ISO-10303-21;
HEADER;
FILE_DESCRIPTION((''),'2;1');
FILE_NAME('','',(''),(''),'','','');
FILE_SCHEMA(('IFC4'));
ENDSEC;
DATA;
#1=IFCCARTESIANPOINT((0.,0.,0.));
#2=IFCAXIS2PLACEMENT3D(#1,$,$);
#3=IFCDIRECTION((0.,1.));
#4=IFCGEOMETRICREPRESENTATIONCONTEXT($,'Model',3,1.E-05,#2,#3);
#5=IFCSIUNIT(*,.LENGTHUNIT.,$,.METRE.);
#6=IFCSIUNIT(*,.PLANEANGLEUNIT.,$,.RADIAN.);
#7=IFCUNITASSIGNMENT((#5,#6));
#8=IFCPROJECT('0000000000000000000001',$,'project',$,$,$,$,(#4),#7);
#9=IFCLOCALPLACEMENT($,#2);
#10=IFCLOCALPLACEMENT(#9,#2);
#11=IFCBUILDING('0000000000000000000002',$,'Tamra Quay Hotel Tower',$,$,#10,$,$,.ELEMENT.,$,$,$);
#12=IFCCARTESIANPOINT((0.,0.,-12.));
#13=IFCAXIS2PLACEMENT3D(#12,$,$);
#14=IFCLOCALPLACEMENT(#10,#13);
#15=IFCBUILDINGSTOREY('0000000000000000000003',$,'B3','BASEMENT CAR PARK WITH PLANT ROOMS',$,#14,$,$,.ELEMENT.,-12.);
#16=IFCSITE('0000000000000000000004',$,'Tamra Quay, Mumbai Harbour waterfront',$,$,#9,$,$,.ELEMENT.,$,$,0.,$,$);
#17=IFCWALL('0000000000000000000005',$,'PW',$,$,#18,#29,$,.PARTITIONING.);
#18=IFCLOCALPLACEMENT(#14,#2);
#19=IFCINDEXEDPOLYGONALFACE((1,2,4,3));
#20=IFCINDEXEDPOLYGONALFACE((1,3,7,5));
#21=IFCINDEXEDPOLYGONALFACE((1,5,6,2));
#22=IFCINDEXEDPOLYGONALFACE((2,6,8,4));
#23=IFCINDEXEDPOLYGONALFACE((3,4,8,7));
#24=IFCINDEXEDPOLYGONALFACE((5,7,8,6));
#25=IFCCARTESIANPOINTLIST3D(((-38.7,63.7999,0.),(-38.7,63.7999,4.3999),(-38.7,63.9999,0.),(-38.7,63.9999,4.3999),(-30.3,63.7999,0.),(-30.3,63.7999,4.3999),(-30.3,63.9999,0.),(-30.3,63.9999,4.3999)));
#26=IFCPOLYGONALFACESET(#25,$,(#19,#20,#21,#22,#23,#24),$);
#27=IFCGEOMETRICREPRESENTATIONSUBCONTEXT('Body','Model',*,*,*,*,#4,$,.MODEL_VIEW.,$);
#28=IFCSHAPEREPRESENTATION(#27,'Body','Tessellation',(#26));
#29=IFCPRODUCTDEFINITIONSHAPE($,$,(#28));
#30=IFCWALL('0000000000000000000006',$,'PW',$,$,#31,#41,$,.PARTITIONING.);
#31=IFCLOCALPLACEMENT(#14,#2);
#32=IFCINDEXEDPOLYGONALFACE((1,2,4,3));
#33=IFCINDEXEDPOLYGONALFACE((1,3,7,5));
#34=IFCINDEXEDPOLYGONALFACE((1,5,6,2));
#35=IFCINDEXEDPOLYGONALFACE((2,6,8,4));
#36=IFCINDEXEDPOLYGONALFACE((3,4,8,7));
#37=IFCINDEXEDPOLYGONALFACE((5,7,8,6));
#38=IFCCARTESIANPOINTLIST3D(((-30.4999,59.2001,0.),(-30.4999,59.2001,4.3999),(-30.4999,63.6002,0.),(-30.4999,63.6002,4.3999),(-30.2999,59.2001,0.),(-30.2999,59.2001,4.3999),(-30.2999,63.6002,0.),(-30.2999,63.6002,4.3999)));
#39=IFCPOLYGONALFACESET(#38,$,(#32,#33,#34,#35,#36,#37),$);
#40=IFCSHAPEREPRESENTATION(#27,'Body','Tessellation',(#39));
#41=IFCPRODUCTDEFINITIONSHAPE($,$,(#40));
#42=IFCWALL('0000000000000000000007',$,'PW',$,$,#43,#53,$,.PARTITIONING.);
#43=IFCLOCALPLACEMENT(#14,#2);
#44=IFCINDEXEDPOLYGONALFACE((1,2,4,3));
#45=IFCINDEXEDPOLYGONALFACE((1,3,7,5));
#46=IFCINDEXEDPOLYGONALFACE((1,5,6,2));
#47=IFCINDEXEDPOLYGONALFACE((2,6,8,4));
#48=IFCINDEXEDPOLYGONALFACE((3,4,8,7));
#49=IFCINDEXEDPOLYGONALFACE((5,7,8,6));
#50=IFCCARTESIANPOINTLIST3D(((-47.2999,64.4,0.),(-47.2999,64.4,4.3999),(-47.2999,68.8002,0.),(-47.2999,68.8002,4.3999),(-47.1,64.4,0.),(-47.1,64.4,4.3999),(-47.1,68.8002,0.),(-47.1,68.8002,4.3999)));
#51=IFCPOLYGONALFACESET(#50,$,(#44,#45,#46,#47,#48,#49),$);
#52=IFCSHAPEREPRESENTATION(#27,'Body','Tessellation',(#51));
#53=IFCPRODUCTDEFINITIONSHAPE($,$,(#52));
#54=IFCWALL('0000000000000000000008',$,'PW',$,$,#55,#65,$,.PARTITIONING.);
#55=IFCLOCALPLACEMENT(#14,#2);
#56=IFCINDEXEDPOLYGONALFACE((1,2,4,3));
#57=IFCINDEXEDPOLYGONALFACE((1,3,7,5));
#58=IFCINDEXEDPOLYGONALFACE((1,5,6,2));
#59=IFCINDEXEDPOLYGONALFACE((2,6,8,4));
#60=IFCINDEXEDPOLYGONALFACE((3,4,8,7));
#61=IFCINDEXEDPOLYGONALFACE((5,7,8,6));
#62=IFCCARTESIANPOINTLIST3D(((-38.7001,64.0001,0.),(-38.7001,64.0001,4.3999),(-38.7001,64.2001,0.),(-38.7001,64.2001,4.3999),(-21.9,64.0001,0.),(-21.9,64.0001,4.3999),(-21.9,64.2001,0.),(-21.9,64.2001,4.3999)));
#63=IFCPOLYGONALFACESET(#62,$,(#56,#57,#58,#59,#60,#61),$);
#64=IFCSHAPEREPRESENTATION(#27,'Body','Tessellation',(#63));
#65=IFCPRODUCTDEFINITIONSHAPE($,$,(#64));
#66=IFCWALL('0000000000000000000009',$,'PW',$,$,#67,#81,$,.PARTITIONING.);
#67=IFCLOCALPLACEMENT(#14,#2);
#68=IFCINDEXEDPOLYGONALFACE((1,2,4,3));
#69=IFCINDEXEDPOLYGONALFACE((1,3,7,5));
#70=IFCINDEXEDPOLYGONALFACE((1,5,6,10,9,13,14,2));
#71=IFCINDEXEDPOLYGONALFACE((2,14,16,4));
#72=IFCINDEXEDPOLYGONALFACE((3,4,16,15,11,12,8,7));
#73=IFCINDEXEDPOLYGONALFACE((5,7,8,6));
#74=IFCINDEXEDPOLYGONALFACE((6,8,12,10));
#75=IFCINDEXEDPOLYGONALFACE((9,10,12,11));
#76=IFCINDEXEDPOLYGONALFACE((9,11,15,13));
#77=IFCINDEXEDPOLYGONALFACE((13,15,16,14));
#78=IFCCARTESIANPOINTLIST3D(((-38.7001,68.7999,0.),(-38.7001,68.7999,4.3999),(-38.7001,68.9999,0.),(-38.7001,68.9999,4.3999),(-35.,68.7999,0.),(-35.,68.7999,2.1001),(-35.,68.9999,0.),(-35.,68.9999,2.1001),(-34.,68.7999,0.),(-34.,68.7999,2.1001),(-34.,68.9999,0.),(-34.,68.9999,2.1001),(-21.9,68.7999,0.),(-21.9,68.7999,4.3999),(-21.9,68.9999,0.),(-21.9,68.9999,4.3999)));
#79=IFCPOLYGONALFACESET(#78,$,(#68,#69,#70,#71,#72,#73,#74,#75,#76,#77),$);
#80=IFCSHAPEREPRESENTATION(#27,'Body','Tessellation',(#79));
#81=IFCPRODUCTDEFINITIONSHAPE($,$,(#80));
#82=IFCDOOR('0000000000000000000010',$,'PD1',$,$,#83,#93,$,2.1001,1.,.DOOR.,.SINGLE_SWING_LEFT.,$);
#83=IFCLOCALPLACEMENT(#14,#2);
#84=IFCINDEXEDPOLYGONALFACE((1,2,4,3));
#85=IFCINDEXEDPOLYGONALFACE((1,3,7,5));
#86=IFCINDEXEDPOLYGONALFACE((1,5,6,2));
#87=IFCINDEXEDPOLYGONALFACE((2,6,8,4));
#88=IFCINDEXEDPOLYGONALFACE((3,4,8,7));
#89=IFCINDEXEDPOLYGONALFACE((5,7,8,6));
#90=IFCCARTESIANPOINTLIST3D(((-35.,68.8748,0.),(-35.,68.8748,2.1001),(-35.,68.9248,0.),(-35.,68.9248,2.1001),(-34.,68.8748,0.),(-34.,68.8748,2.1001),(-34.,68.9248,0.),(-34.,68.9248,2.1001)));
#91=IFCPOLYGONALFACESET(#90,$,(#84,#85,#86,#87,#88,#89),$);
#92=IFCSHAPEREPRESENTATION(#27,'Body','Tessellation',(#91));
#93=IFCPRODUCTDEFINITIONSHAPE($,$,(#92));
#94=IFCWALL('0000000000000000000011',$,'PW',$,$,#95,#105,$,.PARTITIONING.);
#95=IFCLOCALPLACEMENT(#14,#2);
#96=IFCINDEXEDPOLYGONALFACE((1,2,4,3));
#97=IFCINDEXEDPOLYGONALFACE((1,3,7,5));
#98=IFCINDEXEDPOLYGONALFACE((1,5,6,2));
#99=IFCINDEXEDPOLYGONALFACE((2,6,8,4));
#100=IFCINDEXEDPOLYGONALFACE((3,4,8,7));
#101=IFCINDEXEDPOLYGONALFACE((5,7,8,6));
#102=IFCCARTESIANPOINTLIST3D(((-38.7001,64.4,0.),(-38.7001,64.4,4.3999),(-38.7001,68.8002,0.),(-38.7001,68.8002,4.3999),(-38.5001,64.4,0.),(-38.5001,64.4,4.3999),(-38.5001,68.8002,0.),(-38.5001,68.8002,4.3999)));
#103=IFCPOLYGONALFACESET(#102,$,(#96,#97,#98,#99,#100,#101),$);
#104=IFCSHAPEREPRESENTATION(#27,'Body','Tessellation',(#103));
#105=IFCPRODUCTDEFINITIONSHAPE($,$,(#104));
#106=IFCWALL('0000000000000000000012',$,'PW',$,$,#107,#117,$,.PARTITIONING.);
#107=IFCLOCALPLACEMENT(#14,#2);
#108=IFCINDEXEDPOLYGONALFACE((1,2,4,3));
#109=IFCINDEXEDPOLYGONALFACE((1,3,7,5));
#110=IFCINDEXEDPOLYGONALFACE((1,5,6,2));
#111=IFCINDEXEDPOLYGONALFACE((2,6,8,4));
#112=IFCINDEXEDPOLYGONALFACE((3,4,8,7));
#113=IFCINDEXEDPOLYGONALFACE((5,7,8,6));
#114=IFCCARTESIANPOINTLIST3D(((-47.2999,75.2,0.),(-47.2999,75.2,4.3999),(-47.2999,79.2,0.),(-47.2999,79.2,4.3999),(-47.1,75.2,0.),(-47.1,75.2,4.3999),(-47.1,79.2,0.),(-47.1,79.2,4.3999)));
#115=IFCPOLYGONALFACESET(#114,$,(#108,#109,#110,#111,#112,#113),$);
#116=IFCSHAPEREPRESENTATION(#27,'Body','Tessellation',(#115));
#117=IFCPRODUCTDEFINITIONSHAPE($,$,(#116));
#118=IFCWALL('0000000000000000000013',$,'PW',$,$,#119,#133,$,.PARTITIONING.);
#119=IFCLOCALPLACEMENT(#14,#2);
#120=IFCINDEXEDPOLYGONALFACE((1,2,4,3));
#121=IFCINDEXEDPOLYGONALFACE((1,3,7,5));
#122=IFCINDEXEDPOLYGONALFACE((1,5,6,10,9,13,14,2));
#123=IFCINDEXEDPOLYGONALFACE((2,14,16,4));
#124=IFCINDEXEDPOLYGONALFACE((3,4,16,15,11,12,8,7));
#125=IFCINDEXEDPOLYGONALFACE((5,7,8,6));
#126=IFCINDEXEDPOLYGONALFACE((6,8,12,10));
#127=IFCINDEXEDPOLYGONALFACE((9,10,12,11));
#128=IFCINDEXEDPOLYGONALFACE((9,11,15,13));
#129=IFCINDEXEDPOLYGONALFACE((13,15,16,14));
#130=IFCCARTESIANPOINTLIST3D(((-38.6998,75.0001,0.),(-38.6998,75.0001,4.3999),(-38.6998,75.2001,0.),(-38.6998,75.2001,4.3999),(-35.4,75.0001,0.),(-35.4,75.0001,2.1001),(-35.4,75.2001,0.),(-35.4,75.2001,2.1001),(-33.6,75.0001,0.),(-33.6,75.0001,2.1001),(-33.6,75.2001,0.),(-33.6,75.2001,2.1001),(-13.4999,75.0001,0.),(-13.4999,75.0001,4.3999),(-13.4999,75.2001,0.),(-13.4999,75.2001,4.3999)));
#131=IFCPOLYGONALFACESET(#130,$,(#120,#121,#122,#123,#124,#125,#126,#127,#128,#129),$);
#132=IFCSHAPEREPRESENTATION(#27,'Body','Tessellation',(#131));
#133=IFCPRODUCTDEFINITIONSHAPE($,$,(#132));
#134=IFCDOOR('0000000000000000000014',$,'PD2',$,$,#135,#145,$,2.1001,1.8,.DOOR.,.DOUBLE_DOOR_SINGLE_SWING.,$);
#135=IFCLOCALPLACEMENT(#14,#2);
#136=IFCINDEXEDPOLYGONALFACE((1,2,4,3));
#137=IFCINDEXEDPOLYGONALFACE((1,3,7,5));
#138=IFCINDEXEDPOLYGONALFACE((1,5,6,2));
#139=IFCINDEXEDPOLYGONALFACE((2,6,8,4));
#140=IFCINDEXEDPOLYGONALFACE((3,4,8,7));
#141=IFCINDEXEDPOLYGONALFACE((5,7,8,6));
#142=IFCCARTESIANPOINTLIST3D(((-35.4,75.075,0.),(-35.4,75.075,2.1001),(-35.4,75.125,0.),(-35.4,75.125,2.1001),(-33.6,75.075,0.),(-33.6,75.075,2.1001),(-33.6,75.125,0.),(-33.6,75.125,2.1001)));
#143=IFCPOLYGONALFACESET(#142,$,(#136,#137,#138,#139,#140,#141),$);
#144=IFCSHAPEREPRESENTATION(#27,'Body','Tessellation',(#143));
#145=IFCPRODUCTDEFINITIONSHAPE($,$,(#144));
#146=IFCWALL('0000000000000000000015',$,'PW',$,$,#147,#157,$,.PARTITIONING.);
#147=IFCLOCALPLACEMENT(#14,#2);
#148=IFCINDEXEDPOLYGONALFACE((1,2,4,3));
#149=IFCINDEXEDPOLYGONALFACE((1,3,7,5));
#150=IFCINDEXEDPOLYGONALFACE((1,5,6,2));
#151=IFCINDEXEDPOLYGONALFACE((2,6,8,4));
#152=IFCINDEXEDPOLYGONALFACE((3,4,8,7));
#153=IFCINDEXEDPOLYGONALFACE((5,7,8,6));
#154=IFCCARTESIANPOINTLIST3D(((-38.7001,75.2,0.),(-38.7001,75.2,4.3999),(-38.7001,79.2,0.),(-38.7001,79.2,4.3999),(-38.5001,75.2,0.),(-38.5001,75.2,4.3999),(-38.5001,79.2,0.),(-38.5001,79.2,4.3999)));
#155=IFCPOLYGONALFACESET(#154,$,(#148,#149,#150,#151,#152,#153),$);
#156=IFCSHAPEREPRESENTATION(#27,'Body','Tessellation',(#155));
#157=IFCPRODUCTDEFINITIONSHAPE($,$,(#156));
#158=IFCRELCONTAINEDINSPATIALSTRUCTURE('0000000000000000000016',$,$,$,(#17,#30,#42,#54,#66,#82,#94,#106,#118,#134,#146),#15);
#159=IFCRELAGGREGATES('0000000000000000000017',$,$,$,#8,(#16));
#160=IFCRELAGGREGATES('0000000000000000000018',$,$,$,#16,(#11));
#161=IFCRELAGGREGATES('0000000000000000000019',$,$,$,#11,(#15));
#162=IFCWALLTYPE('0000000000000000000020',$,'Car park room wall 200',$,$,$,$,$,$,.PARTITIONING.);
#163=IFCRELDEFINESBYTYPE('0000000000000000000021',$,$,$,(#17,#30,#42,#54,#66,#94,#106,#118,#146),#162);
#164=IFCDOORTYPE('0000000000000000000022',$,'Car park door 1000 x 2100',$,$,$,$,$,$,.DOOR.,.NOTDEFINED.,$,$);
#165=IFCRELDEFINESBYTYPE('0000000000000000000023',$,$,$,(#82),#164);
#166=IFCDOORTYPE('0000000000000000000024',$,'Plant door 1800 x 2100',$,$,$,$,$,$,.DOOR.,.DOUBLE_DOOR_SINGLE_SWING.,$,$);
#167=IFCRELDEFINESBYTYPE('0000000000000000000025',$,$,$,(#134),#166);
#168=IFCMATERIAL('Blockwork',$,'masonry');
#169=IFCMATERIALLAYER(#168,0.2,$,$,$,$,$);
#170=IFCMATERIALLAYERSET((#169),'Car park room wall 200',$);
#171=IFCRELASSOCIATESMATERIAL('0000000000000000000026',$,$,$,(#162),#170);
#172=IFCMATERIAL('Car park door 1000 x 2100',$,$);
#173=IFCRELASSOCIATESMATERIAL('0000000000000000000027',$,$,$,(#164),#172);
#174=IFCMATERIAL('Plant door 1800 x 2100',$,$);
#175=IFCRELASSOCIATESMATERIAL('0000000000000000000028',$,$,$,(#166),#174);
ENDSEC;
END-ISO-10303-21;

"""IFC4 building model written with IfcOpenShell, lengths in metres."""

from ifc_helpers import new_model, si_unit, direction, frame, frame_2d, origin, place, context, subcontext, project, spatial, rectangle, extrude, material, layer, layer_set, type_object, element, fill, save


model = new_model("IFC4")

# Units and contexts
model_context = context("Model", 3, precision=1e-05, world=origin(), true_north=direction((0.0, 1.0)))
body_context = subcontext(model_context, "Body", "Model", "MODEL_VIEW")
ifc_project = project(units=[si_unit("LENGTHUNIT", "METRE"), si_unit("PLANEANGLEUNIT", "RADIAN")], contexts=[model_context])

# Site, building, storey
site_placement = place(None, origin())
site = spatial("IfcSite", under=ifc_project, at=site_placement, Name="Tamra Quay, Mumbai Harbour waterfront", CompositionType="ELEMENT", RefElevation=0.0)
building_placement = place(site_placement, origin())
building = spatial("IfcBuilding", under=site, at=building_placement, Name="Tamra Quay Hotel Tower", CompositionType="ELEMENT")
storey_placement = place(building_placement, frame((0.0, 0.0, -12.0)))
storey = spatial("IfcBuildingStorey", under=building, at=storey_placement, Name="B3", Description="BASEMENT CAR PARK WITH PLANT ROOMS", CompositionType="ELEMENT", Elevation=-12.0)

# Walls
ifc_material_1 = material(Name="Blockwork", Category="masonry")
ifc_layer = layer(ifc_material_1, 0.2)
ifc_layer_set = layer_set([ifc_layer], Name="Car park room wall 200")
wall_type = type_object("IfcWallType", Name="Car park room wall 200", PredefinedType="PARTITIONING", material=ifc_layer_set)
wall_1_placement = place(storey_placement, frame((-38.7, 63.8999, 0.0), z_axis=(0.0, 0.0, 1.0), x_axis=(1.0, 0.0, 0.0)))
element("IfcWall", 1, at=wall_1_placement, inside=storey, type_object=wall_type, Name="PW", PredefinedType="PARTITIONING", context=body_context, shape_type="SweptSolid", body=[
    extrude(rectangle(XDim=8.3999, YDim=0.2, at=frame_2d((4.2, 0.0))), origin(), (0.0, 0.0, 1.0), 4.3999),
])
for number, where, z_axis, x_axis, name in (
    (2, (-30.3999, 59.2, 0.0), (0.0, 0.0, 1.0), (0.0, 1.0, 0.0), "PW"),
    (3, (-47.2, 64.3999, 0.0), (0.0, 0.0, 1.0), (0.0, 1.0, 0.0), "PW"),
):
    element("IfcWall", number, at=place(storey_placement, frame(where, z_axis=z_axis, x_axis=x_axis)), inside=storey, type_object=wall_type, Name=name, PredefinedType="PARTITIONING", context=body_context, shape_type="SweptSolid", body=[
        extrude(rectangle(XDim=4.4001, YDim=0.2, at=frame_2d((2.2002, 0.0))), origin(), (0.0, 0.0, 1.0), 4.3999),
    ])
wall_2_placement = place(storey_placement, frame((-38.7, 64.1001, 0.0), z_axis=(0.0, 0.0, 1.0), x_axis=(1.0, 0.0, 0.0)))
element("IfcWall", 4, at=wall_2_placement, inside=storey, type_object=wall_type, Name="PW", PredefinedType="PARTITIONING", context=body_context, shape_type="SweptSolid", body=[
    extrude(rectangle(XDim=16.8, YDim=0.2, at=frame_2d((8.3999, 0.0))), origin(), (0.0, 0.0, 1.0), 4.3999),
])

# Wall, opening, door
wall_3_placement = place(storey_placement, frame((-38.7, 68.8999, 0.0), z_axis=(0.0, 0.0, 1.0), x_axis=(1.0, 0.0, 0.0)))
wall_3 = element("IfcWall", 5, at=wall_3_placement, inside=storey, type_object=wall_type, Name="PW", PredefinedType="PARTITIONING", context=body_context, shape_type="SweptSolid", body=[
    extrude(rectangle(XDim=16.8, YDim=0.2, at=frame_2d((8.3999, 0.0))), origin(), (0.0, 0.0, 1.0), 4.3999),
])
opening_1_placement = place(wall_3_placement, frame((3.7, 0.0, 0.0)))
opening_1 = element("IfcOpeningElement", 6, at=opening_1_placement, cuts=wall_3, PredefinedType="OPENING", context=body_context, shape_type="SweptSolid", body=[
    extrude(rectangle(XDim=1.0, YDim=2.1001, at=frame_2d((0.5, 1.05))), frame((0.0, 0.1099, 0.0), z_axis=(0.0, -1.0, 0.0), x_axis=(1.0, 0.0, 0.0)), (0.0, 0.0, 1.0), 0.22),
])
ifc_material_2 = material(Name="Car park door 1000 x 2100")
door_type_1 = type_object("IfcDoorType", Name="Car park door 1000 x 2100", OperationType="NOTDEFINED", PredefinedType="DOOR", material=ifc_material_2)
door_1_placement = place(opening_1_placement, origin())
door_1 = element("IfcDoor", 7, at=door_1_placement, inside=storey, type_object=door_type_1, Name="PD1", OperationType="SINGLE_SWING_LEFT", OverallHeight=2.1001, OverallWidth=1.0, PredefinedType="DOOR", context=body_context, shape_type="SweptSolid", body=[
    extrude(rectangle(XDim=1.0, YDim=2.1001, at=frame_2d((0.5, 1.05))), frame((0.0, 0.0249, 0.0), z_axis=(0.0, -1.0, 0.0), x_axis=(1.0, 0.0, 0.0)), (0.0, 0.0, 1.0), 0.05),
])
fill(opening_1, door_1)

# Walls
wall_4_placement = place(storey_placement, frame((-38.6001, 64.3999, 0.0), z_axis=(0.0, 0.0, 1.0), x_axis=(0.0, 1.0, 0.0)))
element("IfcWall", 8, at=wall_4_placement, inside=storey, type_object=wall_type, Name="PW", PredefinedType="PARTITIONING", context=body_context, shape_type="SweptSolid", body=[
    extrude(rectangle(XDim=4.4001, YDim=0.2, at=frame_2d((2.2002, 0.0))), origin(), (0.0, 0.0, 1.0), 4.3999),
])
wall_5_placement = place(storey_placement, frame((-47.2, 75.2, 0.0), z_axis=(0.0, 0.0, 1.0), x_axis=(0.0, 1.0, 0.0)))
element("IfcWall", 9, at=wall_5_placement, inside=storey, type_object=wall_type, Name="PW", PredefinedType="PARTITIONING", context=body_context, shape_type="SweptSolid", body=[
    extrude(rectangle(XDim=4.0, YDim=0.2, at=frame_2d((2.0, 0.0))), origin(), (0.0, 0.0, 1.0), 4.3999),
])

# Wall, opening, door
wall_6_placement = place(storey_placement, frame((-38.7, 75.1001, 0.0), z_axis=(0.0, 0.0, 1.0), x_axis=(1.0, 0.0, 0.0)))
wall_6 = element("IfcWall", 10, at=wall_6_placement, inside=storey, type_object=wall_type, Name="PW", PredefinedType="PARTITIONING", context=body_context, shape_type="SweptSolid", body=[
    extrude(rectangle(XDim=25.2, YDim=0.2, at=frame_2d((12.6001, 0.0))), origin(), (0.0, 0.0, 1.0), 4.3999),
])
opening_2_placement = place(wall_6_placement, frame((3.3, 0.0, 0.0)))
opening_2 = element("IfcOpeningElement", 11, at=opening_2_placement, cuts=wall_6, PredefinedType="OPENING", context=body_context, shape_type="SweptSolid", body=[
    extrude(rectangle(XDim=1.8, YDim=2.1001, at=frame_2d((0.8999, 1.05))), frame((0.0, 0.1099, 0.0), z_axis=(0.0, -1.0, 0.0), x_axis=(1.0, 0.0, 0.0)), (0.0, 0.0, 1.0), 0.22),
])
ifc_material_3 = material(Name="Plant door 1800 x 2100")
door_type_2 = type_object("IfcDoorType", Name="Plant door 1800 x 2100", OperationType="DOUBLE_DOOR_SINGLE_SWING", PredefinedType="DOOR", material=ifc_material_3)
door_2_placement = place(opening_2_placement, origin())
door_2 = element("IfcDoor", 12, at=door_2_placement, inside=storey, type_object=door_type_2, Name="PD2", OperationType="DOUBLE_DOOR_SINGLE_SWING", OverallHeight=2.1001, OverallWidth=1.8, PredefinedType="DOOR", context=body_context, shape_type="SweptSolid", body=[
    extrude(rectangle(XDim=1.8, YDim=2.1001, at=frame_2d((0.8999, 1.05))), frame((0.0, 0.0249, 0.0), z_axis=(0.0, -1.0, 0.0), x_axis=(1.0, 0.0, 0.0)), (0.0, 0.0, 1.0), 0.05),
])
fill(opening_2, door_2)

# Wall
wall_7_placement = place(storey_placement, frame((-38.6001, 75.2, 0.0), z_axis=(0.0, 0.0, 1.0), x_axis=(0.0, 1.0, 0.0)))
element("IfcWall", 13, at=wall_7_placement, inside=storey, type_object=wall_type, Name="PW", PredefinedType="PARTITIONING", context=body_context, shape_type="SweptSolid", body=[
    extrude(rectangle(XDim=4.0, YDim=0.2, at=frame_2d((2.0, 0.0))), origin(), (0.0, 0.0, 1.0), 4.3999),
])

save(model, "model.ifc")
